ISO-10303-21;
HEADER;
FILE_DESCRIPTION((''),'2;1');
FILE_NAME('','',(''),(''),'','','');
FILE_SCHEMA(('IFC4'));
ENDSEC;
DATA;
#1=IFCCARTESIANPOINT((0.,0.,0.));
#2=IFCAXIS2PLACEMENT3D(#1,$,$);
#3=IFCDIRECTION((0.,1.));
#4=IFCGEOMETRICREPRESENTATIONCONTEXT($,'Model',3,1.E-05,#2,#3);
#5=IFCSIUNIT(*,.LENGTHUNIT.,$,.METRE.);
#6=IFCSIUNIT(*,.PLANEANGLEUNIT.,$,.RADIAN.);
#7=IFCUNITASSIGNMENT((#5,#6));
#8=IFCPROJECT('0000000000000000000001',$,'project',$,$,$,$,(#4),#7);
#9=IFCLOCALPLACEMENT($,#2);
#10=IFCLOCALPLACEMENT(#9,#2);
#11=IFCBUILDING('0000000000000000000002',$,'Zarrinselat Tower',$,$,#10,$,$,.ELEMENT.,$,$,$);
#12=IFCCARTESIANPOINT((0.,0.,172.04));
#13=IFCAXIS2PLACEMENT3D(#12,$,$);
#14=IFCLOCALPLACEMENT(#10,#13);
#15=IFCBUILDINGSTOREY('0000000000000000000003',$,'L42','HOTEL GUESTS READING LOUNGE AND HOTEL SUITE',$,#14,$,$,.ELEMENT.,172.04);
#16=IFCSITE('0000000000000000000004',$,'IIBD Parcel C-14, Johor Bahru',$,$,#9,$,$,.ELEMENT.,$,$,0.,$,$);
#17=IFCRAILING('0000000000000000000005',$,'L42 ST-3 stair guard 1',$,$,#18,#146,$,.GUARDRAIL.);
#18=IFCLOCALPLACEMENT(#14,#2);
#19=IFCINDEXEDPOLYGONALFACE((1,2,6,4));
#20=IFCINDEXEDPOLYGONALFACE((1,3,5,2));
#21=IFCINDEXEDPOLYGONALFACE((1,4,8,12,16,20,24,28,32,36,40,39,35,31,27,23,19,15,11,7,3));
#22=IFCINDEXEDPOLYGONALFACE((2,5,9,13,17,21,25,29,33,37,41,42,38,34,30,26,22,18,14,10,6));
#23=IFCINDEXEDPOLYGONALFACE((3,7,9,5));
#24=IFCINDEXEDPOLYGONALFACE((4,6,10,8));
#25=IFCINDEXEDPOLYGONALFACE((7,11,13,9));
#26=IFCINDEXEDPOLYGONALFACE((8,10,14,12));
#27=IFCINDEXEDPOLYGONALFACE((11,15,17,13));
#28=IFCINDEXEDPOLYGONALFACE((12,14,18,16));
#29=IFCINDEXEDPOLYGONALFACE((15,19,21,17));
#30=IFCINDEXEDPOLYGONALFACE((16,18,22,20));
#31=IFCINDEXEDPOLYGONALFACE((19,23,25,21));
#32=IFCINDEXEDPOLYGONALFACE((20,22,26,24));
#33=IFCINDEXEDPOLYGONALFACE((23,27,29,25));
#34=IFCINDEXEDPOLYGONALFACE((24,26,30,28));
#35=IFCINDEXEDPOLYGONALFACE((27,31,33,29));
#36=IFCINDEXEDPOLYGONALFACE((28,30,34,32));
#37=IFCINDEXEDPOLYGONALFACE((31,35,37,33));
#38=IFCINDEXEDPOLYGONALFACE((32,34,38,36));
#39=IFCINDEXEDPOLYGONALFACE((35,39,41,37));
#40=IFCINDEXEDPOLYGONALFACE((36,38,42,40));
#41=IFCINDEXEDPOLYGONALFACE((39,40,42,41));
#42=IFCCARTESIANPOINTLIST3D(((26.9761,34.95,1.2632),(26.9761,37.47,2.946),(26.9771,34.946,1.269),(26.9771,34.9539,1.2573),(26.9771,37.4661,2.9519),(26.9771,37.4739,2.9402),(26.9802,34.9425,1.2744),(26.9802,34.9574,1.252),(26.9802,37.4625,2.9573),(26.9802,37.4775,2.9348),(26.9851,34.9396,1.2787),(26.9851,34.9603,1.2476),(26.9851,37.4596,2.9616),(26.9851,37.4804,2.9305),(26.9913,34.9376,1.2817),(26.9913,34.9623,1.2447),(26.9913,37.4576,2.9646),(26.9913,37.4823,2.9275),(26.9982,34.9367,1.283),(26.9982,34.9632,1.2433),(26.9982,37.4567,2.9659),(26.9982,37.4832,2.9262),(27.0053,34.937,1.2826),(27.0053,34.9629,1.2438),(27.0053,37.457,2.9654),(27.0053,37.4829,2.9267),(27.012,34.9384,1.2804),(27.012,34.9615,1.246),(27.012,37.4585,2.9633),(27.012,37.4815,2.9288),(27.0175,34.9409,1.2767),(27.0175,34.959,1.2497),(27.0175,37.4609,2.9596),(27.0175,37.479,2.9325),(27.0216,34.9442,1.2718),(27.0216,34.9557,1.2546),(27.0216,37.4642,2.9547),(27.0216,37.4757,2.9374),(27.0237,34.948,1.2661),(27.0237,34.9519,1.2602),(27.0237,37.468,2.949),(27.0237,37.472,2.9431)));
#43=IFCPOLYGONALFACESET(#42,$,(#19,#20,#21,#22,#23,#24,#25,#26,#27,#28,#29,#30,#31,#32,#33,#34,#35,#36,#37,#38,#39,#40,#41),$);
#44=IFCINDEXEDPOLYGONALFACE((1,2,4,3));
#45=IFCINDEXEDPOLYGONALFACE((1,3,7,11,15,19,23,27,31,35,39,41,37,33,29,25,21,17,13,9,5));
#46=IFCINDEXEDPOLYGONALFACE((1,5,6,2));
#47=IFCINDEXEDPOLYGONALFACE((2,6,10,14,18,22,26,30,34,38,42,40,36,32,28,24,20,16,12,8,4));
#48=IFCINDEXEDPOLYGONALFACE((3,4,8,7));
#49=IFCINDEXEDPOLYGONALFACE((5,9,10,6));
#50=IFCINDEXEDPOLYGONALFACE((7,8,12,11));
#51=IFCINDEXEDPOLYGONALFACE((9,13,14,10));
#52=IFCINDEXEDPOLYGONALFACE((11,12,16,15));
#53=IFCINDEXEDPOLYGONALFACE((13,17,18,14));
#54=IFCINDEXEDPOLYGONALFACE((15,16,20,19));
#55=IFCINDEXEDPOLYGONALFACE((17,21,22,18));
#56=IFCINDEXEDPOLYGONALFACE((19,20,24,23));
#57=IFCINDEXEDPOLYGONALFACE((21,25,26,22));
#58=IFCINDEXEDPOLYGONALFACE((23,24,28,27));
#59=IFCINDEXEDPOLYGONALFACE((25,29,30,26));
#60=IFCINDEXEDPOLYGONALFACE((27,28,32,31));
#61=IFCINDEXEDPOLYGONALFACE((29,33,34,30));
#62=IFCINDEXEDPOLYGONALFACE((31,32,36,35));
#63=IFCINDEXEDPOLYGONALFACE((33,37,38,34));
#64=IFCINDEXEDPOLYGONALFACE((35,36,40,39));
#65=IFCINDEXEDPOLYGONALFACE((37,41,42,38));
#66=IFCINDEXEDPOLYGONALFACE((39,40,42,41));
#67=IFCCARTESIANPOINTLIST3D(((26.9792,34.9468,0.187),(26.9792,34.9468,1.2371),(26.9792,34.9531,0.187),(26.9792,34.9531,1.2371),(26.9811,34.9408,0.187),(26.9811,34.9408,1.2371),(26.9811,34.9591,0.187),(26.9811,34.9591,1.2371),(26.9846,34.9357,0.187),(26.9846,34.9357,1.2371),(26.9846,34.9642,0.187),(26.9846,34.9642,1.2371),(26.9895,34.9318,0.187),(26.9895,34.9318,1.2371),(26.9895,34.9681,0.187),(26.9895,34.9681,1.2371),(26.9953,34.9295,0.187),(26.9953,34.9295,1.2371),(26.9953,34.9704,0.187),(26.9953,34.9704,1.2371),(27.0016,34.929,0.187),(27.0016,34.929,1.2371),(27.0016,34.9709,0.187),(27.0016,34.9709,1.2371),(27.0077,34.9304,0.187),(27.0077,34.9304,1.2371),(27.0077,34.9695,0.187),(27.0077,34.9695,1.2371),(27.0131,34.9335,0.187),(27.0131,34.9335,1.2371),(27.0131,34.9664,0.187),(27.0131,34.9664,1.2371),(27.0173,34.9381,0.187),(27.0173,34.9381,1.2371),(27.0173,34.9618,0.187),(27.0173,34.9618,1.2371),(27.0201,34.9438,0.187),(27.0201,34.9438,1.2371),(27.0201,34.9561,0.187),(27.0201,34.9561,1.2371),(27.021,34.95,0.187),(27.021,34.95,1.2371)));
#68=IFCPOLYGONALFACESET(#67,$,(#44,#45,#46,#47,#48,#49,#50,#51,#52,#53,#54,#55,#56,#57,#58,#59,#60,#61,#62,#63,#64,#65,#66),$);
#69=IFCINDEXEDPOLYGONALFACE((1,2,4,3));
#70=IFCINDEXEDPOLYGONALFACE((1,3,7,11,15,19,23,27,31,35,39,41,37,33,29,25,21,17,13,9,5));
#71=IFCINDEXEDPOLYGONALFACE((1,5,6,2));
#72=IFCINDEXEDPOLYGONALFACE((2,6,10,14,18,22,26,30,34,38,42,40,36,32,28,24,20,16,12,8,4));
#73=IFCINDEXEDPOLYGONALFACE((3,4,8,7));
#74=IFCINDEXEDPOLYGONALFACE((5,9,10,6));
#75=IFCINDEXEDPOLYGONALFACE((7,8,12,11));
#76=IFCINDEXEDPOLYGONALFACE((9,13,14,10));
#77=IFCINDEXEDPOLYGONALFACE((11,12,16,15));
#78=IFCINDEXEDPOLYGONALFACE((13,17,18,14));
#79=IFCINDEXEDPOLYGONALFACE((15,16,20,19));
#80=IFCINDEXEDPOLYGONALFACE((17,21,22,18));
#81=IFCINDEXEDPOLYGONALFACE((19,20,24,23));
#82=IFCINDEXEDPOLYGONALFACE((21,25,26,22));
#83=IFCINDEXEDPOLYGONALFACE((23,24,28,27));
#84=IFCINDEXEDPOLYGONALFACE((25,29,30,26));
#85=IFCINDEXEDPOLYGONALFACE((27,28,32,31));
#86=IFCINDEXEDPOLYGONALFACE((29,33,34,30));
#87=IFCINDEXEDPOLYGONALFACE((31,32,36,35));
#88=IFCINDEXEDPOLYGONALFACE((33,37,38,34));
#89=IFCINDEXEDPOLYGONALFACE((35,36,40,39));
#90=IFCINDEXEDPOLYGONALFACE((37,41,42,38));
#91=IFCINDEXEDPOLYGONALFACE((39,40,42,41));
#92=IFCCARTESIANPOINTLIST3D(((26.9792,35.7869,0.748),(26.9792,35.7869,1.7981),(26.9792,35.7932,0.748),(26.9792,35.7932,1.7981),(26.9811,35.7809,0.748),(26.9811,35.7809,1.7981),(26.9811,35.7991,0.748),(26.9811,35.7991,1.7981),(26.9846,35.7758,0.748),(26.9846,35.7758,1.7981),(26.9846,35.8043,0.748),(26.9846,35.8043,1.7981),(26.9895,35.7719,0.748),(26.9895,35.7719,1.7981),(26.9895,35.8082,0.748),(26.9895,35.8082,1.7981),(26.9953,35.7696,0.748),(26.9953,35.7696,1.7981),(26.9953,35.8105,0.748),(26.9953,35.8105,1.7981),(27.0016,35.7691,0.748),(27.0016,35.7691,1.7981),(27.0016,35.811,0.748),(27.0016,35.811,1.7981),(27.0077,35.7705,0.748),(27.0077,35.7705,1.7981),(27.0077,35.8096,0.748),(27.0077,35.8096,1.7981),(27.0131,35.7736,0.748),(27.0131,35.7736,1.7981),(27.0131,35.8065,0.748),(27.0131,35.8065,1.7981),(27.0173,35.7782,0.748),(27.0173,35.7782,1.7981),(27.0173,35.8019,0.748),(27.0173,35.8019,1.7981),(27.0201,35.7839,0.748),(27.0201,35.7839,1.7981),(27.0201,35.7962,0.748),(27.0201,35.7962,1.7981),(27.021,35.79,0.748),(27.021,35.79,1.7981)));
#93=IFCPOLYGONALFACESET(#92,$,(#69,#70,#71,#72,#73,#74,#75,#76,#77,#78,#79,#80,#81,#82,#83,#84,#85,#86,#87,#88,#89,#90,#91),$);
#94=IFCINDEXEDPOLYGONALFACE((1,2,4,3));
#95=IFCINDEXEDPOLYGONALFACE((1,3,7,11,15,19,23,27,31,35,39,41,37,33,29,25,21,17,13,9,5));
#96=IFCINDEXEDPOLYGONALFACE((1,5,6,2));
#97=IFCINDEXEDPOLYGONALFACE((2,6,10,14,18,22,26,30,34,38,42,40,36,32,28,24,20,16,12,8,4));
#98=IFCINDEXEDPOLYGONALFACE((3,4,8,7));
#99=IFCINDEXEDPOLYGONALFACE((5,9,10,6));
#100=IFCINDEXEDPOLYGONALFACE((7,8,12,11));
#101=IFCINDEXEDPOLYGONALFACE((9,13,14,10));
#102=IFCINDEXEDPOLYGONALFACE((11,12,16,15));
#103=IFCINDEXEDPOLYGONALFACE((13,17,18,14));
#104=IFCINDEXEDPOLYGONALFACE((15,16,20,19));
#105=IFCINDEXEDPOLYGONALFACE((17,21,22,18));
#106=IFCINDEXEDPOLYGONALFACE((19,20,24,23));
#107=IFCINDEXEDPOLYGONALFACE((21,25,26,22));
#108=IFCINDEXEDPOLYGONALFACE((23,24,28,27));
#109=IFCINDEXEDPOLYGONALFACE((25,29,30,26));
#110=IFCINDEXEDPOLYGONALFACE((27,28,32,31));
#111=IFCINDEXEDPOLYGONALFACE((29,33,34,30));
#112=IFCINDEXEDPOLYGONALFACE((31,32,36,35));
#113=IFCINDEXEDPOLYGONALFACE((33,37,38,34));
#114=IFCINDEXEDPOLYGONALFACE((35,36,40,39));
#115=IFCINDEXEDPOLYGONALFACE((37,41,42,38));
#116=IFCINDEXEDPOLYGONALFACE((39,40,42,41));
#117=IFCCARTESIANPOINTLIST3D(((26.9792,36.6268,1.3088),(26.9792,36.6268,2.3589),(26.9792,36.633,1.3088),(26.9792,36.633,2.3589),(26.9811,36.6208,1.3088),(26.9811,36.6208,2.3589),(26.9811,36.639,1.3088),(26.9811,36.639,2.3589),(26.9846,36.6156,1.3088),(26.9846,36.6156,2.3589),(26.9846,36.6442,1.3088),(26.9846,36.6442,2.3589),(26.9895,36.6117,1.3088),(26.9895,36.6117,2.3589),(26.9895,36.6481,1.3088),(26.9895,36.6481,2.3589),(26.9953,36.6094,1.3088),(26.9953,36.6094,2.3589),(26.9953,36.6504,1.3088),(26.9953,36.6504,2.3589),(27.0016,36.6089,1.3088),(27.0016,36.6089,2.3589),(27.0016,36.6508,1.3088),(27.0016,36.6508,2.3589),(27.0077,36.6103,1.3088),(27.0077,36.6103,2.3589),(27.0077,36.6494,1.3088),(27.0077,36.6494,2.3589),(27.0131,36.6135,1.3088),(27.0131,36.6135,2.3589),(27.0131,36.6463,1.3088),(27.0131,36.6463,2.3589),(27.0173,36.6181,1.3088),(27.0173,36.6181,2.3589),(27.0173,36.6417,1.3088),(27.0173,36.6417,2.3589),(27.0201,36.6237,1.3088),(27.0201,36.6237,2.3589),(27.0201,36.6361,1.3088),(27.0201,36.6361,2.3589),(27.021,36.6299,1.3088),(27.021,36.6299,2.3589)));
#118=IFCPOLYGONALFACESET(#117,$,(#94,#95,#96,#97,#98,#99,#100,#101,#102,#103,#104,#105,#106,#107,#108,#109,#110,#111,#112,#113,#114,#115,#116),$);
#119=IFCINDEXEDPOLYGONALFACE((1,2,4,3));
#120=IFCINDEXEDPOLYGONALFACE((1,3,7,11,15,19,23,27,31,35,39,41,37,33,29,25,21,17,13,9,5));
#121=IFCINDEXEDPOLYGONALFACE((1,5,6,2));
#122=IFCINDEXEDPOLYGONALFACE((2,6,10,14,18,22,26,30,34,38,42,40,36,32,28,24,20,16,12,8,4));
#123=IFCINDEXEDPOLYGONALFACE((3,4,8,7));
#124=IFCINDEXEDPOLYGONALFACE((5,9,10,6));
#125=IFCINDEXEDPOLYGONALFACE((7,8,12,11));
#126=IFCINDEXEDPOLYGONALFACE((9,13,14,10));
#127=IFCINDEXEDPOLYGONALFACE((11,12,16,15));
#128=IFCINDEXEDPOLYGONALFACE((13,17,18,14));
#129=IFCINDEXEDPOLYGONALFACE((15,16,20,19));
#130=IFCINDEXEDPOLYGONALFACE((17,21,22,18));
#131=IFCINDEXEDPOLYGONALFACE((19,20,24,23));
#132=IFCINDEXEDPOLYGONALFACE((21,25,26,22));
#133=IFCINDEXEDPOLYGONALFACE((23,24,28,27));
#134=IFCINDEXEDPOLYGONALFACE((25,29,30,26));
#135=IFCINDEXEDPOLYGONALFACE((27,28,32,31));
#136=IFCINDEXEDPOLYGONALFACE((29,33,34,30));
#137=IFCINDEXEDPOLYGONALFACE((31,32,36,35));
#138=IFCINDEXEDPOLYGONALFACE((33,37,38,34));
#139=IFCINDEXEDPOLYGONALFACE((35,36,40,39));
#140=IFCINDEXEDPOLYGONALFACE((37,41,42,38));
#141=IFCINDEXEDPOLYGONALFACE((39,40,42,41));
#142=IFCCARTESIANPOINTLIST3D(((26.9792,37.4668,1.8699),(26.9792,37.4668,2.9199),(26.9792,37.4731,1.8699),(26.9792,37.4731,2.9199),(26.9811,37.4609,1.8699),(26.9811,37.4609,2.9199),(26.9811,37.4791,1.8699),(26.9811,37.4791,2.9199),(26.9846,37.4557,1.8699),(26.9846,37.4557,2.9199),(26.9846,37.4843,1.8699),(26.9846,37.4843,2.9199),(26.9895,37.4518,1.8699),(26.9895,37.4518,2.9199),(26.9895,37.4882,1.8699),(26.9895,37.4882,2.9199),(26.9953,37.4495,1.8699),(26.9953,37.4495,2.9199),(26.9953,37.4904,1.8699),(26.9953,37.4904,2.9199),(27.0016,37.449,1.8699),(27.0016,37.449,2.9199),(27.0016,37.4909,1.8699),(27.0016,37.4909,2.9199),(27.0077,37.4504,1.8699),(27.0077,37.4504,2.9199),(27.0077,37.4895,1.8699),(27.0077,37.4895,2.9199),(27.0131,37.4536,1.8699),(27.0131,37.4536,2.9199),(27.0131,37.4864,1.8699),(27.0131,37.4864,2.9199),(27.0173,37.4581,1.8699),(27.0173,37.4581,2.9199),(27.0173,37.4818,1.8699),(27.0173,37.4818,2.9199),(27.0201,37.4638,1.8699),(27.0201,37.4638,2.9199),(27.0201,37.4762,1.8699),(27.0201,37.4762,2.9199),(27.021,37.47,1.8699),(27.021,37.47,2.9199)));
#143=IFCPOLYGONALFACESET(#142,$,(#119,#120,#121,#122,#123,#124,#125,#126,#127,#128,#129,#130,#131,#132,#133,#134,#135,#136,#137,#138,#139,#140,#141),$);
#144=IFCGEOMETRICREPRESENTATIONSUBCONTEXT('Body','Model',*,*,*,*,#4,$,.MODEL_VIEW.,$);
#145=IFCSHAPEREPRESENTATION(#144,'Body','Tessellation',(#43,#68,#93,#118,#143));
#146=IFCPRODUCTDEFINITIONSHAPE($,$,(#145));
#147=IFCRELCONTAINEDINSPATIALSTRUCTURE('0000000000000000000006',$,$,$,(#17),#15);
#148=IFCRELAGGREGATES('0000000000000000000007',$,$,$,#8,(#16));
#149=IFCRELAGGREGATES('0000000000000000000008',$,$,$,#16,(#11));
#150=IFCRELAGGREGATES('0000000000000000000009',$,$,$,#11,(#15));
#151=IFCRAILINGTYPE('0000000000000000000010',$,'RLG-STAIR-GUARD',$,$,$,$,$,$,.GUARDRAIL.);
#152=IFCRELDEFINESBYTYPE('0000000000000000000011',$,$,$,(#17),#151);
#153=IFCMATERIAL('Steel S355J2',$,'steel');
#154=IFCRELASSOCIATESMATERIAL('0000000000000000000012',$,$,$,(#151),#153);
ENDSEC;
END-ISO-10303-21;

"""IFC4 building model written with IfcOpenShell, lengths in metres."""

from ifc_helpers import new_model, si_unit, direction, frame, origin, origin_2d, place, context, subcontext, project, spatial, circle, extrude, material, type_object, element, save


model = new_model("IFC4")

# Units and contexts
model_context = context("Model", 3, precision=1e-05, world=origin(), true_north=direction((0.0, 1.0)))
body_context = subcontext(model_context, "Body", "Model", "MODEL_VIEW")
ifc_project = project(units=[si_unit("LENGTHUNIT", "METRE"), si_unit("PLANEANGLEUNIT", "RADIAN")], contexts=[model_context])

# Site, building, storey
site_placement = place(None, origin())
site = spatial("IfcSite", under=ifc_project, at=site_placement, Name="IIBD Parcel C-14, Johor Bahru", CompositionType="ELEMENT", RefElevation=0.0)
building_placement = place(site_placement, origin())
building = spatial("IfcBuilding", under=site, at=building_placement, Name="Zarrinselat Tower", CompositionType="ELEMENT")
storey_placement = place(building_placement, frame((0.0, 0.0, 172.04)))
storey = spatial("IfcBuildingStorey", under=building, at=storey_placement, Name="L42", Description="HOTEL GUESTS READING LOUNGE AND HOTEL SUITE", CompositionType="ELEMENT", Elevation=172.04)

# Railing
ifc_material_1 = material(Name="Steel S355J2", Category="steel")
railing_type = type_object("IfcRailingType", Name="RLG-STAIR-GUARD", PredefinedType="GUARDRAIL", material=ifc_material_1)
railing_1_placement = place(storey_placement, frame((27.0, 34.95, 0.187)))
element("IfcRailing", 1, at=railing_1_placement, inside=storey, type_object=railing_type, Name="L42 ST-3 stair guard 1", PredefinedType="GUARDRAIL", context=body_context, shape_type="SweptSolid", body=[
    extrude(circle(Radius=0.0239, at=origin_2d()), frame((0.0, 0.0, 1.0762), z_axis=(0.0, 0.831616, 0.555351), x_axis=(-1.0, 0.0, 0.0)), (0.0, 0.0, 1.0), 3.0303),
    extrude(circle(Radius=0.021, at=origin_2d()), origin(), (0.0, 0.0, 1.0), 1.05),
    extrude(circle(Radius=0.021, at=origin_2d()), frame((0.0, 0.8401, 0.561)), (0.0, 0.0, 1.0), 1.05),
    extrude(circle(Radius=0.021, at=origin_2d()), frame((0.0, 1.6799, 1.1218)), (0.0, 0.0, 1.0), 1.05),
    extrude(circle(Radius=0.021, at=origin_2d()), frame((0.0, 2.52, 1.6829)), (0.0, 0.0, 1.0), 1.05),
])

save(model, "model.ifc")
